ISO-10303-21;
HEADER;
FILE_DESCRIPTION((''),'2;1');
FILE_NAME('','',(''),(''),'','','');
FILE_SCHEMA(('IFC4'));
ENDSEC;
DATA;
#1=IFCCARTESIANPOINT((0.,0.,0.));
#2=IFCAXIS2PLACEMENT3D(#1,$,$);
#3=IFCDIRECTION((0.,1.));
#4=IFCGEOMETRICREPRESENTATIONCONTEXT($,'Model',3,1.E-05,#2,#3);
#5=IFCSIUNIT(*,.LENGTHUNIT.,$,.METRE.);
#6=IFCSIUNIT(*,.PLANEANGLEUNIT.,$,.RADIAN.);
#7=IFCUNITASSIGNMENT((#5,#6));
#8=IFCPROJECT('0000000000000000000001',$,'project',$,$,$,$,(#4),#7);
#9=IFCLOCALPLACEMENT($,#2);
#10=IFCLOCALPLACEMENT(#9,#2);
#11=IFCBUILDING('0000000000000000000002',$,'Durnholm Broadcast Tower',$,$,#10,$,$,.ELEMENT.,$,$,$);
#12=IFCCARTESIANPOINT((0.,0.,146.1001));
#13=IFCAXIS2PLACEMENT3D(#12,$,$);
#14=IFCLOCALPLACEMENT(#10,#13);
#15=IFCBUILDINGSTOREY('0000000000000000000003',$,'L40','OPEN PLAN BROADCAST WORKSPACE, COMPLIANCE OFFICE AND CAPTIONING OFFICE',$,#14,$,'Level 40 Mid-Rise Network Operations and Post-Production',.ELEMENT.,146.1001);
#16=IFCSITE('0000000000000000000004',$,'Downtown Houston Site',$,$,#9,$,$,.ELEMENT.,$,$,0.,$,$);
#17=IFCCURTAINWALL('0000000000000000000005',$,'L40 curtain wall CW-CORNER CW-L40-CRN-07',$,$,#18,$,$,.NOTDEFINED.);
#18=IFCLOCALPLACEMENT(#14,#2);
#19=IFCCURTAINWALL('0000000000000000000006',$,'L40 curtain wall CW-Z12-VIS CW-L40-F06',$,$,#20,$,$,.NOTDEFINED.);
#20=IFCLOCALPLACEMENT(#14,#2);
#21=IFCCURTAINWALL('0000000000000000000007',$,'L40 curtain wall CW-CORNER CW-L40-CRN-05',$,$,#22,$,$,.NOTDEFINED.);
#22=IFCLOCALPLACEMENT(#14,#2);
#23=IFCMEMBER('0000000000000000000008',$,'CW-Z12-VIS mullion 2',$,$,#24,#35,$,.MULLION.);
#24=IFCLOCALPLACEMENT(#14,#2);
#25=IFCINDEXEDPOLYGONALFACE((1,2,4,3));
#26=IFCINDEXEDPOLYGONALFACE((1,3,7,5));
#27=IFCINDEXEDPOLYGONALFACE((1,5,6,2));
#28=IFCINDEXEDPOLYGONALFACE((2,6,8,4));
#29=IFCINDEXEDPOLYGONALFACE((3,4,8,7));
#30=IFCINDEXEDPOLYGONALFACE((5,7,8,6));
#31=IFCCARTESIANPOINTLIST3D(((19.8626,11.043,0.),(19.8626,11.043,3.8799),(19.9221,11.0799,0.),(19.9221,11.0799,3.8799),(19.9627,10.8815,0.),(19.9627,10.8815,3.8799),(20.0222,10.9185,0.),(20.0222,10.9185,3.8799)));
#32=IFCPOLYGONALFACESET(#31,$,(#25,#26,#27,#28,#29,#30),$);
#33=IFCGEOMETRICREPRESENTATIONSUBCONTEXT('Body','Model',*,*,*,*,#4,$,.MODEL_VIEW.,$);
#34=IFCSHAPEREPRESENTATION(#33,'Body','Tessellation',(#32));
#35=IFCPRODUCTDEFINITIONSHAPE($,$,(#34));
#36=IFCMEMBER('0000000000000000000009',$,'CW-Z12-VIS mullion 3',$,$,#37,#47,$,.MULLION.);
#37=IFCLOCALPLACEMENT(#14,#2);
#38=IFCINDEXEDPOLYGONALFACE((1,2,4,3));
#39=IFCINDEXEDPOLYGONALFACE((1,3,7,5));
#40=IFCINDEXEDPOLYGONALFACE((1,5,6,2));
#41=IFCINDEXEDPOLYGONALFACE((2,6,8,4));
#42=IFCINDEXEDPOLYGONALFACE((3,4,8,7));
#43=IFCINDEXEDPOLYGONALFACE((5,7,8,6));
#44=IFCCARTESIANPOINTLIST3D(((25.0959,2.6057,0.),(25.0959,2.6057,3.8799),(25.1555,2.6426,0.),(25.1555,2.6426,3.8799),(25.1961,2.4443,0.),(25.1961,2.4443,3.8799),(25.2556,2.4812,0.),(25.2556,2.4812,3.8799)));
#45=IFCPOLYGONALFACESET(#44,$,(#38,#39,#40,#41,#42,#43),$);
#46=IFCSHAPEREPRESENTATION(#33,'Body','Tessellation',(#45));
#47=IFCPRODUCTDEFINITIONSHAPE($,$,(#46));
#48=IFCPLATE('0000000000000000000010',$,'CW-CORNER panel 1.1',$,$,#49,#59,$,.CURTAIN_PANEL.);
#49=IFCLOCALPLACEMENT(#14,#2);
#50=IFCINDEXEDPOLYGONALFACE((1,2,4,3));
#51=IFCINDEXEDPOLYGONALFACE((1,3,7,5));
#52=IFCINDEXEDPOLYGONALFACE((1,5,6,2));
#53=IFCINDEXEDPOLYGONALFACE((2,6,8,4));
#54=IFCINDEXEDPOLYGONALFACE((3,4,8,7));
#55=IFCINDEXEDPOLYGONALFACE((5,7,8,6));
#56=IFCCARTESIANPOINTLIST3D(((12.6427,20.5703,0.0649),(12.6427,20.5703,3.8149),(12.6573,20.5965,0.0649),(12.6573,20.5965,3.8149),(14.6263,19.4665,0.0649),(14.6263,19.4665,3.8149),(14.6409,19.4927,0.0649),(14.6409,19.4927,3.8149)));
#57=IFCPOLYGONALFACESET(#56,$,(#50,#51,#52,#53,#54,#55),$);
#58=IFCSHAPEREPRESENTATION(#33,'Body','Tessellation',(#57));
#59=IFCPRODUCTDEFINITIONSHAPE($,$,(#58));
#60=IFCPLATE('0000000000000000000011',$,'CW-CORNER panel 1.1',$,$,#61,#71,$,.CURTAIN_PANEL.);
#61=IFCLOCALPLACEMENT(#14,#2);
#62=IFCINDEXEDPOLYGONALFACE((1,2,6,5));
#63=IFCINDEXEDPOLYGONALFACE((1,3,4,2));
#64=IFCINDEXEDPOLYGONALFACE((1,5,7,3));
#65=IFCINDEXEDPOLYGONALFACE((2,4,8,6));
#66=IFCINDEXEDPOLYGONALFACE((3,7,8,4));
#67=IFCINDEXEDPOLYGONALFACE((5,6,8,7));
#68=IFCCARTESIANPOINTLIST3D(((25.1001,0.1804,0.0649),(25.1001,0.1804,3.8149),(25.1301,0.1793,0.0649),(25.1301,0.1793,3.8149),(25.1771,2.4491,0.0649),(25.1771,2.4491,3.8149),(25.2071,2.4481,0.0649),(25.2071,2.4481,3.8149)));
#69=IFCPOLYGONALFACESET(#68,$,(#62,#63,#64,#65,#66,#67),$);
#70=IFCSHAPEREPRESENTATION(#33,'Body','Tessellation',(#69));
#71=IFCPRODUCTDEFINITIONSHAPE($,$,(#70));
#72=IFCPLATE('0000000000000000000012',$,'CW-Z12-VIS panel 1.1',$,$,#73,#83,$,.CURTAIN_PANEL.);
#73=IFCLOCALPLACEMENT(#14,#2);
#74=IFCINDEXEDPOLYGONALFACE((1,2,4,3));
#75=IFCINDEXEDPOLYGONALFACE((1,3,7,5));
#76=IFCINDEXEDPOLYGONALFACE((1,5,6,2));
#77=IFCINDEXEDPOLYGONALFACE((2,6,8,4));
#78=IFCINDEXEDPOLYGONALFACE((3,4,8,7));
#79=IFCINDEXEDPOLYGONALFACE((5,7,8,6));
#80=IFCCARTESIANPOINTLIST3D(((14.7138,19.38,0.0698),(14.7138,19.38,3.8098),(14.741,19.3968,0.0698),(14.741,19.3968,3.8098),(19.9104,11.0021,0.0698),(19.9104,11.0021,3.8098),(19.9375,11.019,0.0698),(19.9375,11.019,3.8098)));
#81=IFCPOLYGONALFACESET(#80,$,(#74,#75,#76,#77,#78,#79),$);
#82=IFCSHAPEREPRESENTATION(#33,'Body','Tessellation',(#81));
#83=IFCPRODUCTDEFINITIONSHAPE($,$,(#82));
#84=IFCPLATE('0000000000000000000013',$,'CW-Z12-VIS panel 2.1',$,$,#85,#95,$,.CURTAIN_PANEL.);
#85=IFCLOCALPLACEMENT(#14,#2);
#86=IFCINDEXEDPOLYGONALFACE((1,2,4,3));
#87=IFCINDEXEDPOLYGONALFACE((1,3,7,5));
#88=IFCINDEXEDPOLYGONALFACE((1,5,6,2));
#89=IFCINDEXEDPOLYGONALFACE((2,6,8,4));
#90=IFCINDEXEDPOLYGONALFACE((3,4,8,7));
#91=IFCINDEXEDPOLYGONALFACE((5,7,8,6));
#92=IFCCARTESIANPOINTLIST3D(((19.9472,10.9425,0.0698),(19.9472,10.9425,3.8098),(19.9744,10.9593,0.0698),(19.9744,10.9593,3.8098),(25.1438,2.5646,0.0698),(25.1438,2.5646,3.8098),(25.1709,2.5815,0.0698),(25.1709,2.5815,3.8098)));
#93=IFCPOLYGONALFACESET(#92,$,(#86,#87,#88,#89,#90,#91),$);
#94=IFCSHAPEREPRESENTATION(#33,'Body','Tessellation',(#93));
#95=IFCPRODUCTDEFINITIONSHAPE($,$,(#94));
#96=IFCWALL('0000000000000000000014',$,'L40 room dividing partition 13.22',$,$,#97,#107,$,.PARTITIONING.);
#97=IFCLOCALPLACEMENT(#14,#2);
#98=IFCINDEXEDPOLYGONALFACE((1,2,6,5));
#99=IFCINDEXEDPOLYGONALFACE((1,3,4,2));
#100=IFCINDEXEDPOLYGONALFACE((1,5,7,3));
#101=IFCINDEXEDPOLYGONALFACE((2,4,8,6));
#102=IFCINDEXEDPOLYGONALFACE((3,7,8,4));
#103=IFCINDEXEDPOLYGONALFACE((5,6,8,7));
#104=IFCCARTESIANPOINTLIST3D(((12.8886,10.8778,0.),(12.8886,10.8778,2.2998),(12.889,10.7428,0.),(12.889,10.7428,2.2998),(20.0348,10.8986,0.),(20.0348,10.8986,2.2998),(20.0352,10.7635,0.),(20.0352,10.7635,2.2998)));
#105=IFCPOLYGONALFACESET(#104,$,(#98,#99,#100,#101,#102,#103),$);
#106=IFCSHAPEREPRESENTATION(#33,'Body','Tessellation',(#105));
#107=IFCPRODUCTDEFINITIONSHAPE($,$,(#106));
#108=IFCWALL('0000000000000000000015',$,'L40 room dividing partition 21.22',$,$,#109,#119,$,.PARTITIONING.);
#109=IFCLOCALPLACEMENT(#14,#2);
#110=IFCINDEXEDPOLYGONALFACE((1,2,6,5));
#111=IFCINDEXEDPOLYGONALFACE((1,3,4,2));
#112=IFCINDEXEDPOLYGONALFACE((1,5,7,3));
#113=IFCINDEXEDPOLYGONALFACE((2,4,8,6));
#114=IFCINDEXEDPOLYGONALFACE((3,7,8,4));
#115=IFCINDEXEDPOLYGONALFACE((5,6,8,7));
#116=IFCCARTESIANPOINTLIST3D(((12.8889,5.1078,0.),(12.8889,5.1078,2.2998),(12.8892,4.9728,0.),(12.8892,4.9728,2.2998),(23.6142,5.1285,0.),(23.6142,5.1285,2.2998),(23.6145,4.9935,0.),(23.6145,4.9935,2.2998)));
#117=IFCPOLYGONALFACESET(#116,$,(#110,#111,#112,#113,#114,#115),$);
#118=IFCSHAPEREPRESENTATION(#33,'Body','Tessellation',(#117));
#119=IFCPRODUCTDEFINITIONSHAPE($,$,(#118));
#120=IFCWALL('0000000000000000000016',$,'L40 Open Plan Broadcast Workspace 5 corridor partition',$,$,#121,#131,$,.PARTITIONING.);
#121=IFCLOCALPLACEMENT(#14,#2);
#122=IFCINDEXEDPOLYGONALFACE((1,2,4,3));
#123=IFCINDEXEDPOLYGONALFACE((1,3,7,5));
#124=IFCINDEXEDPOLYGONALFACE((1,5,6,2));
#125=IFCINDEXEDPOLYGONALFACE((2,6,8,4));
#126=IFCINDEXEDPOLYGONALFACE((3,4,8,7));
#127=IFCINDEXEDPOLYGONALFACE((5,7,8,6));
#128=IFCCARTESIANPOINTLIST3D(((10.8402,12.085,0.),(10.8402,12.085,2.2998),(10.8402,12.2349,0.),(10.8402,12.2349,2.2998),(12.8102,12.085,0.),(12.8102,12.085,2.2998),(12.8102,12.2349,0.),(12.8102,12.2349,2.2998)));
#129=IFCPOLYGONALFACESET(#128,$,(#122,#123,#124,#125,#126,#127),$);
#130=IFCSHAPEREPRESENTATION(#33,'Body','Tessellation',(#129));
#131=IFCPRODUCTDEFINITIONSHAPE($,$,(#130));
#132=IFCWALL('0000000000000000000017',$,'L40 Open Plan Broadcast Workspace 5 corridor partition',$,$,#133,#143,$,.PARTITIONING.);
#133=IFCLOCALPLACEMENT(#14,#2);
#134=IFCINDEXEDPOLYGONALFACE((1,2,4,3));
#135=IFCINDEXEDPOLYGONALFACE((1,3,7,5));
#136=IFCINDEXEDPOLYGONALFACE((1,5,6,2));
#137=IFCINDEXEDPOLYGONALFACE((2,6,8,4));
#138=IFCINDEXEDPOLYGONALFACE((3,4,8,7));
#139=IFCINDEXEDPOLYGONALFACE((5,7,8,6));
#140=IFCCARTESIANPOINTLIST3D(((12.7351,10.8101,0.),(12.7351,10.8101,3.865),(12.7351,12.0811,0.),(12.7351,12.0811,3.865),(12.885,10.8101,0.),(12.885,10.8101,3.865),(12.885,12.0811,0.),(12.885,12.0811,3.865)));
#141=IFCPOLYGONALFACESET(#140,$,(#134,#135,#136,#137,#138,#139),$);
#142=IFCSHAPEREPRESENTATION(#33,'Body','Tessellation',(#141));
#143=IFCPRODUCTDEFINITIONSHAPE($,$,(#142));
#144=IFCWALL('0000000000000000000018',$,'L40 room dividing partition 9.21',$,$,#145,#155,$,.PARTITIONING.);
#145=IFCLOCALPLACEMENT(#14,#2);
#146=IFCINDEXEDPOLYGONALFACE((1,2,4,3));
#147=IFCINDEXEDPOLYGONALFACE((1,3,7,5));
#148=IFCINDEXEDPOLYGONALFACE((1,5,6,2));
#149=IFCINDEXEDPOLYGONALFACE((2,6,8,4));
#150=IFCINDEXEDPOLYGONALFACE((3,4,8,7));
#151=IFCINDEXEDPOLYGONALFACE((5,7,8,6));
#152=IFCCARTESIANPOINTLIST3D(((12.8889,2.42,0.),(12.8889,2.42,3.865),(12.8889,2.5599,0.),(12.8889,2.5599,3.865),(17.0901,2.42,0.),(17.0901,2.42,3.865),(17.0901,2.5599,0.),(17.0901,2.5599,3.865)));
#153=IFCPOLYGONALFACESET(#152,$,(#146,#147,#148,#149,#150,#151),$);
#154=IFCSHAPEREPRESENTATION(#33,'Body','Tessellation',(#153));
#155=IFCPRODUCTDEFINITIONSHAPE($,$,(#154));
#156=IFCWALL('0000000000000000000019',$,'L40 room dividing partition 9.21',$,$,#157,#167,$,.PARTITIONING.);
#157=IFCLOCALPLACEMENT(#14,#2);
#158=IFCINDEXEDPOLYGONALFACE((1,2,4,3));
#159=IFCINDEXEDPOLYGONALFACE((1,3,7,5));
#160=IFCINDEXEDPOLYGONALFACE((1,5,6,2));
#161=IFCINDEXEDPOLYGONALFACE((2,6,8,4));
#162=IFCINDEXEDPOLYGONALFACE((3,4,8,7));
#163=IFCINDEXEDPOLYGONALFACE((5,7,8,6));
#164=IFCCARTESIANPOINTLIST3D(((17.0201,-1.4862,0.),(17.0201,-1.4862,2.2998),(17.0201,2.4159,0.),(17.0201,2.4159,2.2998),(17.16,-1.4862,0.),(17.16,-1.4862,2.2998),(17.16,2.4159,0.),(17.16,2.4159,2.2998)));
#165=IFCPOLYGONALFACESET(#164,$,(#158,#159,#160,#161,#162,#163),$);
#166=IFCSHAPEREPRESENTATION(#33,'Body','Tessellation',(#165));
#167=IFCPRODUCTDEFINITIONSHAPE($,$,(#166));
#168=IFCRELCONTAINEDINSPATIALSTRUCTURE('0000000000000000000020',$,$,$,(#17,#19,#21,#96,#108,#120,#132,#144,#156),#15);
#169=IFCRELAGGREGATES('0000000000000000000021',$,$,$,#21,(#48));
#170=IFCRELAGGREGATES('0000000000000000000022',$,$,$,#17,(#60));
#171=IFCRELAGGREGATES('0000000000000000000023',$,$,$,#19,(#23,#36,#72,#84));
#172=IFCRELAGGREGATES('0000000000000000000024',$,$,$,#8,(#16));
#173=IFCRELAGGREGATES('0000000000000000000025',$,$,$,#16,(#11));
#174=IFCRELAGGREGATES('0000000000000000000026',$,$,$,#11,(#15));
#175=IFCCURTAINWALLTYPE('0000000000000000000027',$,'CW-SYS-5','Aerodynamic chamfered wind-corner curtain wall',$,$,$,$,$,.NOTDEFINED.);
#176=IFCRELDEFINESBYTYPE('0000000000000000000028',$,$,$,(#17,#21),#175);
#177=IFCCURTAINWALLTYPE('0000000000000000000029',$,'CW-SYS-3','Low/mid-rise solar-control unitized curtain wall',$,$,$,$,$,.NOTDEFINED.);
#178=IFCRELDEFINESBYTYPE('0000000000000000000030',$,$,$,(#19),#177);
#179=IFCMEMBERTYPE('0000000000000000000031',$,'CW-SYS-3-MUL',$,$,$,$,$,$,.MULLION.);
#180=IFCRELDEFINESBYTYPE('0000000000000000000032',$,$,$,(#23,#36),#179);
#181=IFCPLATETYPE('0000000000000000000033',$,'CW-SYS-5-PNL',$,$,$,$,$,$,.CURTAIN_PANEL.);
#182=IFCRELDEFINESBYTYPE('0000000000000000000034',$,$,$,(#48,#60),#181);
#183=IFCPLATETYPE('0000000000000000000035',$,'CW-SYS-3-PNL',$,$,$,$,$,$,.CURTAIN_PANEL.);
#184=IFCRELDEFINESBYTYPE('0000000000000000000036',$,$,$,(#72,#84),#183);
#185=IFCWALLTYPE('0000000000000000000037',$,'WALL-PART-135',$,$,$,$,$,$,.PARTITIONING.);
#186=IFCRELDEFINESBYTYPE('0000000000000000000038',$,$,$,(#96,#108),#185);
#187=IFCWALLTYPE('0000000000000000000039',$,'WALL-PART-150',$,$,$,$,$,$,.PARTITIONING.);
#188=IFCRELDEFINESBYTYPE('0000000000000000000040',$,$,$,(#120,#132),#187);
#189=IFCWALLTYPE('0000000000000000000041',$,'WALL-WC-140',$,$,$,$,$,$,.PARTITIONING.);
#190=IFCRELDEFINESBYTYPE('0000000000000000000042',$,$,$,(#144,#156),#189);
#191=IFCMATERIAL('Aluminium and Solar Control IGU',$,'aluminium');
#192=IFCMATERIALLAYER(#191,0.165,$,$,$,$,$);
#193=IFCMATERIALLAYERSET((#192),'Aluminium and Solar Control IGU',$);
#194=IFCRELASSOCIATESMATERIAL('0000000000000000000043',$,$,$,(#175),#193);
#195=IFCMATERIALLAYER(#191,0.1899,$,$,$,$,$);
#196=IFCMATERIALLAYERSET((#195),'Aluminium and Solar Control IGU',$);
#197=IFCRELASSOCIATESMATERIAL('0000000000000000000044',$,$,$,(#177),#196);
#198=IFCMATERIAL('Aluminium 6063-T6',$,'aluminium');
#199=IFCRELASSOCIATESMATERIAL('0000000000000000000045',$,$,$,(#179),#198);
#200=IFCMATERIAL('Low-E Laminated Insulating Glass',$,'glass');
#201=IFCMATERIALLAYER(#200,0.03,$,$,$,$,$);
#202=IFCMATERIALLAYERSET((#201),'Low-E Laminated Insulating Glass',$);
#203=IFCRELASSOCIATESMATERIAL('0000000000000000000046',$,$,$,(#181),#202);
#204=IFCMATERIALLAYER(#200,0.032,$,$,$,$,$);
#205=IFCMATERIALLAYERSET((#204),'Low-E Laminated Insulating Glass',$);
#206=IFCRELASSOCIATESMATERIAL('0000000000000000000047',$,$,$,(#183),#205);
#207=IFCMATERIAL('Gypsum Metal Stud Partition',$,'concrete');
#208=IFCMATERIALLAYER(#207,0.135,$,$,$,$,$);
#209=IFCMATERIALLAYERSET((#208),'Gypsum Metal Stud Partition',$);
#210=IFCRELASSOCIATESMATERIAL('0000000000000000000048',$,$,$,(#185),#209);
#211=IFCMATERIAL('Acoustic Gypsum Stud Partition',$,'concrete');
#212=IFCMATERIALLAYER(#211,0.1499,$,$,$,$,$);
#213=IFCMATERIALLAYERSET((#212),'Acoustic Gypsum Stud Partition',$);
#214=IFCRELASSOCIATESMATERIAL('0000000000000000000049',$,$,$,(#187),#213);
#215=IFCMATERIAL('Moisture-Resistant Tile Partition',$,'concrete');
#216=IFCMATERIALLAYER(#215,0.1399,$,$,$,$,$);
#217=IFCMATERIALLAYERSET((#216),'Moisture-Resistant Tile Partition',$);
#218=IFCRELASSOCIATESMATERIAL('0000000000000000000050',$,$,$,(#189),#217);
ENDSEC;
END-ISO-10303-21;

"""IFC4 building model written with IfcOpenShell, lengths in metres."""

from ifc_helpers import new_model, si_unit, direction, frame, frame_2d, origin, origin_2d, place, context, subcontext, project, spatial, rectangle, extrude, source, transform, mapped, material, layer, layer_set, material_profile, profile_set, type_object, type_shapes, element, aggregate, save


model = new_model("IFC4")

# Units and contexts
model_context = context("Model", 3, precision=1e-05, world=origin(), true_north=direction((0.0, 1.0)))
body_context = subcontext(model_context, "Body", "Model", "MODEL_VIEW")
ifc_project = project(units=[si_unit("LENGTHUNIT", "METRE"), si_unit("PLANEANGLEUNIT", "RADIAN")], contexts=[model_context])

# Site, building, storey
site_placement = place(None, origin())
site = spatial("IfcSite", under=ifc_project, at=site_placement, Name="Downtown Houston Site", CompositionType="ELEMENT", RefElevation=0.0)
building_placement = place(site_placement, origin())
building = spatial("IfcBuilding", under=site, at=building_placement, Name="Durnholm Broadcast Tower", CompositionType="ELEMENT")
storey_placement = place(building_placement, frame((0.0, 0.0, 146.1001)))
storey = spatial("IfcBuildingStorey", under=building, at=storey_placement, Name="L40", Description="OPEN PLAN BROADCAST WORKSPACE, COMPLIANCE OFFICE AND CAPTIONING OFFICE", LongName="Level 40 Mid-Rise Network Operations and Post-Production", CompositionType="ELEMENT", Elevation=146.1001)

# Curtain walls
ifc_material_1 = material(Name="Aluminium and Solar Control IGU", Category="aluminium")
ifc_layer_1 = layer(ifc_material_1, 0.165)
ifc_layer_set_1 = layer_set([ifc_layer_1], Name="Aluminium and Solar Control IGU")
curtain_wall_type_1 = type_object("IfcCurtainWallType", Name="CW-SYS-5", Description="Aerodynamic chamfered wind-corner curtain wall", PredefinedType="NOTDEFINED", material=ifc_layer_set_1)
curtain_wall_1_placement = place(storey_placement, origin())
curtain_wall_1 = element("IfcCurtainWall", 1, at=curtain_wall_1_placement, inside=storey, type_object=curtain_wall_type_1, Name="L40 curtain wall CW-CORNER CW-L40-CRN-07", PredefinedType="NOTDEFINED")
ifc_material_2 = material(Name="Aluminium 6063-T6", Category="aluminium")
ifc_layer_2 = layer(ifc_material_1, 0.1899)
ifc_layer_set_2 = layer_set([ifc_layer_2], Name="Aluminium and Solar Control IGU")
curtain_wall_type_2 = type_object("IfcCurtainWallType", Name="CW-SYS-3", Description="Low/mid-rise solar-control unitized curtain wall", PredefinedType="NOTDEFINED", material=ifc_layer_set_2)
curtain_wall_2_placement = place(storey_placement, origin())
curtain_wall_2 = element("IfcCurtainWall", 2, at=curtain_wall_2_placement, inside=storey, type_object=curtain_wall_type_2, Name="L40 curtain wall CW-Z12-VIS CW-L40-F06", PredefinedType="NOTDEFINED")

# Curtain wall
curtain_wall_3_placement = place(storey_placement, origin())
curtain_wall_3 = element("IfcCurtainWall", 3, at=curtain_wall_3_placement, inside=storey, type_object=curtain_wall_type_1, Name="L40 curtain wall CW-CORNER CW-L40-CRN-05", PredefinedType="NOTDEFINED")

# Members
ifc_material_profile_1 = material_profile(ifc_material_2, rectangle(XDim=0.0701, YDim=0.1899, at=origin_2d()), Name="CWM70X190")
ifc_profile_set_1 = profile_set([ifc_material_profile_1], Name="Aluminium 6063-T6")
member_type_1 = type_object("IfcMemberType", Name="CW-SYS-3-MUL", PredefinedType="MULLION", material=ifc_profile_set_1)
shared_shape_1 = source(origin(), body_context, "Body", "SweptSolid", [
    extrude(rectangle(XDim=0.0701, YDim=0.1899, at=origin_2d()), origin(), (0.0, 0.0, 1.0), 3.8799),
])
type_shapes(member_type_1, [shared_shape_1])
member_1_placement = place(storey_placement, frame((19.9424, 10.9807, 0.0), z_axis=(0.0, 0.0, 1.0), x_axis=(0.8498, 0.527105, 0.0)))
member_1 = element("IfcMember", 4, at=member_1_placement, type_object=member_type_1, Name="CW-Z12-VIS mullion 2", PredefinedType="MULLION", context=body_context, shape_type="MappedRepresentation", body=[
    mapped(shared_shape_1, transform((0.0, 0.0, 0.0), x_axis=(1.0, 0.0, 0.0), y_axis=(0.0, 1.0, 0.0), z_axis=(0.0, 0.0, 1.0), scale=1.0)),
])
member_2_placement = place(storey_placement, frame((25.1758, 2.5435, 0.0), z_axis=(0.0, 0.0, 1.0), x_axis=(0.8498, 0.527105, 0.0)))
member_2 = element("IfcMember", 5, at=member_2_placement, type_object=member_type_1, Name="CW-Z12-VIS mullion 3", PredefinedType="MULLION", context=body_context, shape_type="MappedRepresentation", body=[
    mapped(shared_shape_1, transform((0.0, 0.0, 0.0), x_axis=(1.0, 0.0, 0.0), y_axis=(0.0, 1.0, 0.0), z_axis=(0.0, 0.0, 1.0), scale=1.0)),
])

# Plates
ifc_material_3 = material(Name="Low-E Laminated Insulating Glass", Category="glass")
ifc_layer_3 = layer(ifc_material_3, 0.03)
ifc_layer_set_3 = layer_set([ifc_layer_3], Name="Low-E Laminated Insulating Glass")
plate_type_1 = type_object("IfcPlateType", Name="CW-SYS-5-PNL", PredefinedType="CURTAIN_PANEL", material=ifc_layer_set_3)
shared_shape_2 = source(origin(), body_context, "Body", "SweptSolid", [
    extrude(rectangle(XDim=2.27, YDim=0.03, at=origin_2d()), origin(), (0.0, 0.0, 1.0), 3.75),
])
type_shapes(plate_type_1, [shared_shape_2])
plate_1_placement = place(storey_placement, frame((13.6418, 20.0315, 0.0649), z_axis=(0.0, 0.0, 1.0), x_axis=(0.873823, -0.486244, 0.0)))
plate_1 = element("IfcPlate", 6, at=plate_1_placement, type_object=plate_type_1, Name="CW-CORNER panel 1.1", PredefinedType="CURTAIN_PANEL", context=body_context, shape_type="MappedRepresentation", body=[
    mapped(shared_shape_2, transform((0.0, 0.0, 0.0), x_axis=(1.0, 0.0, 0.0), y_axis=(0.0, 1.0, 0.0), z_axis=(0.0, 0.0, 1.0), scale=1.0)),
])
aggregate(curtain_wall_3, [plate_1])
plate_2_placement = place(storey_placement, frame((25.1536, 1.3142, 0.0649), z_axis=(0.0, 0.0, 1.0), x_axis=(-0.033917, -0.999425, 0.0)))
plate_2 = element("IfcPlate", 7, at=plate_2_placement, type_object=plate_type_1, Name="CW-CORNER panel 1.1", PredefinedType="CURTAIN_PANEL", context=body_context, shape_type="MappedRepresentation", body=[
    mapped(shared_shape_2, transform((0.0, 0.0, 0.0), x_axis=(1.0, 0.0, 0.0), y_axis=(0.0, 1.0, 0.0), z_axis=(0.0, 0.0, 1.0), scale=1.0)),
])
aggregate(curtain_wall_1, [plate_2])
ifc_layer_4 = layer(ifc_material_3, 0.032)
ifc_layer_set_4 = layer_set([ifc_layer_4], Name="Low-E Laminated Insulating Glass")
plate_type_2 = type_object("IfcPlateType", Name="CW-SYS-3-PNL", PredefinedType="CURTAIN_PANEL", material=ifc_layer_set_4)
shared_shape_3 = source(origin(), body_context, "Body", "SweptSolid", [
    extrude(rectangle(XDim=9.8586, YDim=0.032, at=origin_2d()), origin(), (0.0, 0.0, 1.0), 3.74),
])
type_shapes(plate_type_2, [shared_shape_3])
plate_3_placement = place(storey_placement, frame((17.3257, 15.1995, 0.0698), z_axis=(0.0, 0.0, 1.0), x_axis=(0.527105, -0.8498, 0.0)))
plate_3 = element("IfcPlate", 8, at=plate_3_placement, type_object=plate_type_2, Name="CW-Z12-VIS panel 1.1", PredefinedType="CURTAIN_PANEL", context=body_context, shape_type="MappedRepresentation", body=[
    mapped(shared_shape_3, transform((0.0, 0.0, 0.0), x_axis=(1.0, 0.0, 0.0), y_axis=(0.0, 1.0, 0.0), z_axis=(0.0, 0.0, 1.0), scale=1.0)),
])
plate_4_placement = place(storey_placement, frame((22.5591, 6.762, 0.0698), z_axis=(0.0, 0.0, 1.0), x_axis=(0.527105, -0.8498, 0.0)))
plate_4 = element("IfcPlate", 9, at=plate_4_placement, type_object=plate_type_2, Name="CW-Z12-VIS panel 2.1", PredefinedType="CURTAIN_PANEL", context=body_context, shape_type="MappedRepresentation", body=[
    mapped(shared_shape_3, transform((0.0, 0.0, 0.0), x_axis=(1.0, 0.0, 0.0), y_axis=(0.0, 1.0, 0.0), z_axis=(0.0, 0.0, 1.0), scale=1.0)),
])
aggregate(curtain_wall_2, [member_1, member_2, plate_3, plate_4])

# Walls
ifc_material_4 = material(Name="Gypsum Metal Stud Partition", Category="concrete")
ifc_layer_5 = layer(ifc_material_4, 0.135)
ifc_layer_set_5 = layer_set([ifc_layer_5], Name="Gypsum Metal Stud Partition")
wall_type_1 = type_object("IfcWallType", Name="WALL-PART-135", PredefinedType="PARTITIONING", material=ifc_layer_set_5)
wall_1_placement = place(storey_placement, frame((20.0352, 10.8311, 0.0), z_axis=(0.0, 0.0, 1.0), x_axis=(-0.999996, -0.002904, 0.0)))
element("IfcWall", 10, at=wall_1_placement, inside=storey, type_object=wall_type_1, Name="L40 room dividing partition 13.22", PredefinedType="PARTITIONING", context=body_context, shape_type="SweptSolid", body=[
    extrude(rectangle(XDim=7.1462, YDim=0.135, at=frame_2d((3.5732, 0.0))), origin(), (0.0, 0.0, 1.0), 2.2998),
])
wall_2_placement = place(storey_placement, frame((12.8889, 5.0403, 0.0), z_axis=(0.0, 0.0, 1.0), x_axis=(0.999998, 0.001935, 0.0)))
element("IfcWall", 11, at=wall_2_placement, inside=storey, type_object=wall_type_1, Name="L40 room dividing partition 21.22", PredefinedType="PARTITIONING", context=body_context, shape_type="SweptSolid", body=[
    extrude(rectangle(XDim=10.7253, YDim=0.135, at=frame_2d((5.3628, 0.0))), origin(), (0.0, 0.0, 1.0), 2.2998),
])
ifc_material_5 = material(Name="Acoustic Gypsum Stud Partition", Category="concrete")
ifc_layer_6 = layer(ifc_material_5, 0.1499)
ifc_layer_set_6 = layer_set([ifc_layer_6], Name="Acoustic Gypsum Stud Partition")
wall_type_2 = type_object("IfcWallType", Name="WALL-PART-150", PredefinedType="PARTITIONING", material=ifc_layer_set_6)
wall_3_placement = place(storey_placement, frame((12.8101, 12.1599, 0.0), z_axis=(0.0, 0.0, 1.0), x_axis=(-1.0, 0.0, 0.0)))
element("IfcWall", 12, at=wall_3_placement, inside=storey, type_object=wall_type_2, Name="L40 Open Plan Broadcast Workspace 5 corridor partition", PredefinedType="PARTITIONING", context=body_context, shape_type="SweptSolid", body=[
    extrude(rectangle(XDim=1.97, YDim=0.1499, at=frame_2d((0.9849, 0.0))), origin(), (0.0, 0.0, 1.0), 2.2998),
])
wall_4_placement = place(storey_placement, frame((12.8101, 10.8101, 0.0), z_axis=(0.0, 0.0, 1.0), x_axis=(0.0, 1.0, 0.0)))
element("IfcWall", 13, at=wall_4_placement, inside=storey, type_object=wall_type_2, Name="L40 Open Plan Broadcast Workspace 5 corridor partition", PredefinedType="PARTITIONING", context=body_context, shape_type="SweptSolid", body=[
    extrude(rectangle(XDim=1.271, YDim=0.1499, at=frame_2d((0.6355, 0.0))), origin(), (0.0, 0.0, 1.0), 3.865),
])
ifc_material_6 = material(Name="Moisture-Resistant Tile Partition", Category="concrete")
ifc_layer_7 = layer(ifc_material_6, 0.1399)
ifc_layer_set_7 = layer_set([ifc_layer_7], Name="Moisture-Resistant Tile Partition")
wall_type_3 = type_object("IfcWallType", Name="WALL-WC-140", PredefinedType="PARTITIONING", material=ifc_layer_set_7)
wall_5_placement = place(storey_placement, frame((12.8889, 2.49, 0.0), z_axis=(0.0, 0.0, 1.0), x_axis=(1.0, 0.0, 0.0)))
element("IfcWall", 14, at=wall_5_placement, inside=storey, type_object=wall_type_3, Name="L40 room dividing partition 9.21", PredefinedType="PARTITIONING", context=body_context, shape_type="SweptSolid", body=[
    extrude(rectangle(XDim=4.2012, YDim=0.1399, at=frame_2d((2.1006, 0.0))), origin(), (0.0, 0.0, 1.0), 3.865),
])
wall_6_placement = place(storey_placement, frame((17.0901, 2.416, 0.0), z_axis=(0.0, 0.0, 1.0), x_axis=(0.0, -1.0, 0.0)))
element("IfcWall", 15, at=wall_6_placement, inside=storey, type_object=wall_type_3, Name="L40 room dividing partition 9.21", PredefinedType="PARTITIONING", context=body_context, shape_type="SweptSolid", body=[
    extrude(rectangle(XDim=3.9021, YDim=0.1399, at=frame_2d((1.9512, 0.0))), origin(), (0.0, 0.0, 1.0), 2.2998),
])

save(model, "model.ifc")
